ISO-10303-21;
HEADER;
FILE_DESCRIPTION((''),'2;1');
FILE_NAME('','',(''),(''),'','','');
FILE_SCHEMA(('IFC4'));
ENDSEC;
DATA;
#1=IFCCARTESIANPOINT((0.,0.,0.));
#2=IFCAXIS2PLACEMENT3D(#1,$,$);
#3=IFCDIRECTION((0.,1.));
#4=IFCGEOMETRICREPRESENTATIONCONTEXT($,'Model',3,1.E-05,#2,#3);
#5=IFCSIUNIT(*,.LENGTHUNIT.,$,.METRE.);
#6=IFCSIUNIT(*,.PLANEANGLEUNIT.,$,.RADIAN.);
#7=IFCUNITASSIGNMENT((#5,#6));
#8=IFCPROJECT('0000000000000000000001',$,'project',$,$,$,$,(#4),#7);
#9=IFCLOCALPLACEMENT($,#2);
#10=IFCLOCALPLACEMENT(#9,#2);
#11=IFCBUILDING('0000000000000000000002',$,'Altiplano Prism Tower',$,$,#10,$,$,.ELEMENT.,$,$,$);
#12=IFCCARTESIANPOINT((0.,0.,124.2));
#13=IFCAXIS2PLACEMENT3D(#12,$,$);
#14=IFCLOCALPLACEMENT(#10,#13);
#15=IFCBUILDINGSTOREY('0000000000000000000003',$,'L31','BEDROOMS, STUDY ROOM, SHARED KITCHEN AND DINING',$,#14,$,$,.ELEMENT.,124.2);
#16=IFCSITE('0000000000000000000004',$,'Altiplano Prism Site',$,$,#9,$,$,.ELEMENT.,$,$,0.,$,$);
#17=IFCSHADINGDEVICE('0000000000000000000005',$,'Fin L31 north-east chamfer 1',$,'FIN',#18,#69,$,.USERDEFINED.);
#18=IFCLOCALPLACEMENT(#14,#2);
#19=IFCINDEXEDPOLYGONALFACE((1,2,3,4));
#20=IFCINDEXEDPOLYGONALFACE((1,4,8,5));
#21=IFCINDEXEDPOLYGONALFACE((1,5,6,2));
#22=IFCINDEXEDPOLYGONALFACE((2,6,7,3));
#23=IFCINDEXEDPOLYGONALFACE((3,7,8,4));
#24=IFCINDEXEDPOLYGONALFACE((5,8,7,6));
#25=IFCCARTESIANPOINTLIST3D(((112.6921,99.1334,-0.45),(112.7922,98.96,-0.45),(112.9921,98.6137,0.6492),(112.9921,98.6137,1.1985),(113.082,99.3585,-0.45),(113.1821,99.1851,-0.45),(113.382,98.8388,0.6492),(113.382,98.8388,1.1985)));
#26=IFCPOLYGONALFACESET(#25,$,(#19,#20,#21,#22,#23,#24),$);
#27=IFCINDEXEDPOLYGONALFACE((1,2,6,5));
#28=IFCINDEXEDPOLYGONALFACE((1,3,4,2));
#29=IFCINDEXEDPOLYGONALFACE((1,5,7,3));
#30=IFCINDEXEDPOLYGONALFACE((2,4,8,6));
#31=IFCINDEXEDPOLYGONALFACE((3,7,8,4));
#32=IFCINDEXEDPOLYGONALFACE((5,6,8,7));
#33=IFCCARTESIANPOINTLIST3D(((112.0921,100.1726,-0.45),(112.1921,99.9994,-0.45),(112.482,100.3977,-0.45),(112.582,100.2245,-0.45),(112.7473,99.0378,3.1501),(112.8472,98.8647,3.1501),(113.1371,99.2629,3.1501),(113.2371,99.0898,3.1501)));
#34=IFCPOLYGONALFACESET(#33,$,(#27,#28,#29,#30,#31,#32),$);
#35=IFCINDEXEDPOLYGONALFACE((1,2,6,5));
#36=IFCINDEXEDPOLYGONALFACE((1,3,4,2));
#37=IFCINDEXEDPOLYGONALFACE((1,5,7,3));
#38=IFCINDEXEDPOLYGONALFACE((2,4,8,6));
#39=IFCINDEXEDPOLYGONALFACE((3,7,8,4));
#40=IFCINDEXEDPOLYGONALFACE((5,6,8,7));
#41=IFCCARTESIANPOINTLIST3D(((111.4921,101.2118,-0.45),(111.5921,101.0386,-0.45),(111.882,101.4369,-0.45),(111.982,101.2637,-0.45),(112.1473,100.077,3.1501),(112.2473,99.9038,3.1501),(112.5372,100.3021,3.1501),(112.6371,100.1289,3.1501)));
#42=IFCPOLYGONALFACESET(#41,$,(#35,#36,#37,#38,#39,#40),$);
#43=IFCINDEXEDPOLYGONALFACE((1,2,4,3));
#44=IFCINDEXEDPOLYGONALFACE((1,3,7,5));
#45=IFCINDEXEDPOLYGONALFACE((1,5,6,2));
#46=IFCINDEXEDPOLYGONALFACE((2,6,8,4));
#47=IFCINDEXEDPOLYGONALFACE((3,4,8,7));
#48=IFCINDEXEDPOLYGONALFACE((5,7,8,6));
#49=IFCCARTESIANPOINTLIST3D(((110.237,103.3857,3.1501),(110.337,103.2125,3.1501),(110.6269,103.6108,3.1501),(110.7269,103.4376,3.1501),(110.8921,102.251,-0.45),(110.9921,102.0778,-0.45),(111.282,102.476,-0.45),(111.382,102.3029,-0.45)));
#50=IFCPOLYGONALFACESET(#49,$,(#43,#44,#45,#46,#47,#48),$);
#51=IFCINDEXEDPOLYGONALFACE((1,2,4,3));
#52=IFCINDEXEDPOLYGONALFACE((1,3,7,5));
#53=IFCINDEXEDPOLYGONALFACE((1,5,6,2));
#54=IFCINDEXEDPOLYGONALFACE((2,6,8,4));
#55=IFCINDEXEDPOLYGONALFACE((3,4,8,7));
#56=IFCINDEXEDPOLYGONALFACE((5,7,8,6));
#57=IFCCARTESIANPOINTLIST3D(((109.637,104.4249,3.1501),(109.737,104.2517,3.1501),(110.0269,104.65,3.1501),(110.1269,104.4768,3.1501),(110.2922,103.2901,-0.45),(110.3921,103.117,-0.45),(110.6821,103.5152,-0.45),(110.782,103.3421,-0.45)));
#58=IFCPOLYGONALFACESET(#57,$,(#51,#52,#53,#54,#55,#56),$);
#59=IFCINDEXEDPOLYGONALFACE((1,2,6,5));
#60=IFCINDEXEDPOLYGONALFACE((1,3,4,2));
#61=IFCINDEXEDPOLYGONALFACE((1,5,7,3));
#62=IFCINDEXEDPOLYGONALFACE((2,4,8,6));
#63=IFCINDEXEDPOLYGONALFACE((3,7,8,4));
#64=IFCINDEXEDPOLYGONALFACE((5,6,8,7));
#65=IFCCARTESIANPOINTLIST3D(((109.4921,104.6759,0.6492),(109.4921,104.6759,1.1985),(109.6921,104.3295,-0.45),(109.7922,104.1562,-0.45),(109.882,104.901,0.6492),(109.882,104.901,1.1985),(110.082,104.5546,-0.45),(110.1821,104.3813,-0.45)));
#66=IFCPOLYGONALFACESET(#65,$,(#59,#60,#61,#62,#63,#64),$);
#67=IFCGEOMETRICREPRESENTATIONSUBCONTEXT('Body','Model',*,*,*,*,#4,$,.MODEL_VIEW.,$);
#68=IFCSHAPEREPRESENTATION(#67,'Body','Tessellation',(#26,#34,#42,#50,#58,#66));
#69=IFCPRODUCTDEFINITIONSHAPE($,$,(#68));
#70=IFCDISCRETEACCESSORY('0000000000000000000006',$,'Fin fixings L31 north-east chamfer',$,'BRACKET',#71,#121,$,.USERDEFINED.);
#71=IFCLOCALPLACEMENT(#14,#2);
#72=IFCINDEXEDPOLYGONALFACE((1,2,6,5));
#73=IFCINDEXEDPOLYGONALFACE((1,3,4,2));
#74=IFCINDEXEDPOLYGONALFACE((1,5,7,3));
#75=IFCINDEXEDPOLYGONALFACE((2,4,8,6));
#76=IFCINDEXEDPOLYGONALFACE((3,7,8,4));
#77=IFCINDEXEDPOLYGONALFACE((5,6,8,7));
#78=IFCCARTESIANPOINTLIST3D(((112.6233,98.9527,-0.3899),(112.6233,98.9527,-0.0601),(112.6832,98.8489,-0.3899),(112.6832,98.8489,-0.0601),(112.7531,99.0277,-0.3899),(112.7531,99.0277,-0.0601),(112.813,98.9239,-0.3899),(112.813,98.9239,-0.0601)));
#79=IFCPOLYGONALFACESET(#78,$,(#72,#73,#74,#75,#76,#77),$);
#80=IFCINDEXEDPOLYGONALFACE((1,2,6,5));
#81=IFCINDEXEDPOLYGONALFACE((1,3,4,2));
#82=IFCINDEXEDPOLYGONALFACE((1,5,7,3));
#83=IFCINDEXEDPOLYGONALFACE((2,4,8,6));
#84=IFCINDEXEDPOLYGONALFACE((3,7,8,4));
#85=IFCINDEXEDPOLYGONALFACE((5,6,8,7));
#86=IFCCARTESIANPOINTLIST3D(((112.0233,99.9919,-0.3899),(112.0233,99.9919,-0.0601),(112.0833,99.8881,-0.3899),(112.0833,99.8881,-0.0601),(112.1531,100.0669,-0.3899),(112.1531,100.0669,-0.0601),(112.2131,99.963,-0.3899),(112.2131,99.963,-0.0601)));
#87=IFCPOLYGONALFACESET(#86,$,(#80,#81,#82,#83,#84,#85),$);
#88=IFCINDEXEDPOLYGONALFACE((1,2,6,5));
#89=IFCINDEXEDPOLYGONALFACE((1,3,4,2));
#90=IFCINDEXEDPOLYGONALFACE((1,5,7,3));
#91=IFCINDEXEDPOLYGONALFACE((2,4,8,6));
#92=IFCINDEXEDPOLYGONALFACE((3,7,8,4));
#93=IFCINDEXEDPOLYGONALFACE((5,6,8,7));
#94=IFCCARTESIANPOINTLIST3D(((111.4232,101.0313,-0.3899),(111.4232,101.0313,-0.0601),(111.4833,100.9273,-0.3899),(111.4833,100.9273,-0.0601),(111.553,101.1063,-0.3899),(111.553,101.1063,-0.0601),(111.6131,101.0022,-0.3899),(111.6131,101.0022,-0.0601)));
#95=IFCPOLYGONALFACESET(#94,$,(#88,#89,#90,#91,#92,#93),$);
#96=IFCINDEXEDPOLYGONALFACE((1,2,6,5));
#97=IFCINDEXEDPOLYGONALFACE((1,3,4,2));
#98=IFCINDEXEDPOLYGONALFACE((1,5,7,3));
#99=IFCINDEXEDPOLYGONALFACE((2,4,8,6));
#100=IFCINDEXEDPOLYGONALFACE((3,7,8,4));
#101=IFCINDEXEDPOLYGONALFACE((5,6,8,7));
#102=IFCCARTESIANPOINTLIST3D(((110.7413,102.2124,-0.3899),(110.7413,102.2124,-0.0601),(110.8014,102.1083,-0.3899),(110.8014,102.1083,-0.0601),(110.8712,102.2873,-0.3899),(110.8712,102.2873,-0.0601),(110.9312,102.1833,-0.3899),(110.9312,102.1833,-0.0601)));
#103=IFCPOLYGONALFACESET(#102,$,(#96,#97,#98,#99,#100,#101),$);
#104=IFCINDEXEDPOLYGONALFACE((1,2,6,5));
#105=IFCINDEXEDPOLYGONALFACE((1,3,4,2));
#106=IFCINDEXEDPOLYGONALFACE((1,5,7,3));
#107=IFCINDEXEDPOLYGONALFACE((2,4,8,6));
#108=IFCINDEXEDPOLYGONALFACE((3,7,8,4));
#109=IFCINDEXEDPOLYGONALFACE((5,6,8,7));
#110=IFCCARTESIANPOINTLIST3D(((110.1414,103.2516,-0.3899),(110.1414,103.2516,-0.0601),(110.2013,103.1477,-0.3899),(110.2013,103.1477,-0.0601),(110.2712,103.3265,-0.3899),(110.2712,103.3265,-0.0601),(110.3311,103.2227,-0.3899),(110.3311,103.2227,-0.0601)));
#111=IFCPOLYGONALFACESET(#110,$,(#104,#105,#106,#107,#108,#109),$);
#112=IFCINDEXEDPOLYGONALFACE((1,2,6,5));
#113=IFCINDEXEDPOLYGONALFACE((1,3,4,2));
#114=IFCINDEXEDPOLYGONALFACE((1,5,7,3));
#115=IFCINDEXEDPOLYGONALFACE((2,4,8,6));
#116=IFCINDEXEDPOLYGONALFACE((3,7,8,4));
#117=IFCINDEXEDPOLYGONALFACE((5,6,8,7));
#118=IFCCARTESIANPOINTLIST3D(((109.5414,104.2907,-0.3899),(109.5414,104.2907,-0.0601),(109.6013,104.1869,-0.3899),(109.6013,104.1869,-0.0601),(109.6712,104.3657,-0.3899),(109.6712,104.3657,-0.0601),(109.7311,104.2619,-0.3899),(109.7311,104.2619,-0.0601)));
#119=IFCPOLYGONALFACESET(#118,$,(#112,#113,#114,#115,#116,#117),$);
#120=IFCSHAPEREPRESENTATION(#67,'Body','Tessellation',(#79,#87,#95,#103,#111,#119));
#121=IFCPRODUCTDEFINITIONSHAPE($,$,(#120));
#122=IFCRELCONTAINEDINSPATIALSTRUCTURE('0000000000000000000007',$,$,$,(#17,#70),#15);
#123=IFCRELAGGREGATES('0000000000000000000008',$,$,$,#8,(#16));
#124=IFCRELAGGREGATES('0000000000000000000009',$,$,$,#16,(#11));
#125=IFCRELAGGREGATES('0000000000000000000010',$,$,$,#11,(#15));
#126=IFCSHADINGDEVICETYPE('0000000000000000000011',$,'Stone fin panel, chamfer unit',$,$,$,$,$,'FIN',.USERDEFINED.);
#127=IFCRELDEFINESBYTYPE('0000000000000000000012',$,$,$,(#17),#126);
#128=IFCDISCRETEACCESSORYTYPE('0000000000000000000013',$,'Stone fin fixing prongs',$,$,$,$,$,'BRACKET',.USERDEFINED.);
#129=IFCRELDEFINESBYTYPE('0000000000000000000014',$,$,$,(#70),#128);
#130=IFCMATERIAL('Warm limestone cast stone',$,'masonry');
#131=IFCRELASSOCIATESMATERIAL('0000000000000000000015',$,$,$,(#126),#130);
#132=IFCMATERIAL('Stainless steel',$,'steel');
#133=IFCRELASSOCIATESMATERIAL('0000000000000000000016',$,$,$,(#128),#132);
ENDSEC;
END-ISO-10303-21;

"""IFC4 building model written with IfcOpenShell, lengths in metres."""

from ifc_helpers import new_model, si_unit, direction, frame, origin, place, context, subcontext, project, spatial, polyline, outline, extrude, source, transform, mapped, material, type_object, element, save


model = new_model("IFC4")

# Units and contexts
model_context = context("Model", 3, precision=1e-05, world=origin(), true_north=direction((0.0, 1.0)))
body_context = subcontext(model_context, "Body", "Model", "MODEL_VIEW")
ifc_project = project(units=[si_unit("LENGTHUNIT", "METRE"), si_unit("PLANEANGLEUNIT", "RADIAN")], contexts=[model_context])

# Site, building, storey
site_placement = place(None, origin())
site = spatial("IfcSite", under=ifc_project, at=site_placement, Name="Altiplano Prism Site", CompositionType="ELEMENT", RefElevation=0.0)
building_placement = place(site_placement, origin())
building = spatial("IfcBuilding", under=site, at=building_placement, Name="Altiplano Prism Tower", CompositionType="ELEMENT")
storey_placement = place(building_placement, frame((0.0, 0.0, 124.2)))
storey = spatial("IfcBuildingStorey", under=building, at=storey_placement, Name="L31", Description="BEDROOMS, STUDY ROOM, SHARED KITCHEN AND DINING", CompositionType="ELEMENT", Elevation=124.2)

# Shading device
ifc_material_1 = material(Name="Warm limestone cast stone", Category="masonry")
shading_device_type_1 = type_object("IfcShadingDeviceType", Name="Stone fin panel, chamfer unit", ElementType="FIN", PredefinedType="USERDEFINED", material=ifc_material_1)
shared_shape_1 = source(origin(), body_context, "Body", "SweptSolid", [
    extrude(outline(polyline([(-3.5, 1.6484), (-3.5, 1.0991), (-3.1001, 0.0), (-2.8999, 0.0), (-3.5, 1.6484)])), frame((0.0, -0.1499, 0.0), z_axis=(0.0, -1.0, 0.0), x_axis=(1.0, 0.0, 0.0)), (0.0, 0.0, 1.0), 0.4502),
    extrude(outline(polyline([(-3.2102, 3.6001), (-1.8999, 0.0), (-1.7, 0.0), (-3.0103, 3.6001), (-3.2102, 3.6001)])), frame((0.0, -0.1499, 0.0), z_axis=(0.0, -1.0, 0.0), x_axis=(1.0, 0.0, 0.0)), (0.0, 0.0, 1.0), 0.4502),
    extrude(outline(polyline([(-2.0103, 3.6001), (-0.7, 0.0), (-0.5, 0.0), (-1.8103, 3.6001), (-2.0103, 3.6001)])), frame((0.0, -0.1499, 0.0), z_axis=(0.0, -1.0, 0.0), x_axis=(1.0, 0.0, 0.0)), (0.0, 0.0, 1.0), 0.4502),
    extrude(outline(polyline([(1.8103, 3.6001), (0.5, 0.0), (0.7, 0.0), (2.0103, 3.6001), (1.8103, 3.6001)])), frame((0.0, -0.1499, 0.0), z_axis=(0.0, -1.0, 0.0), x_axis=(1.0, 0.0, 0.0)), (0.0, 0.0, 1.0), 0.4502),
    extrude(outline(polyline([(3.0103, 3.6001), (1.7, 0.0), (1.8999, 0.0), (3.2102, 3.6001), (3.0103, 3.6001)])), frame((0.0, -0.1499, 0.0), z_axis=(0.0, -1.0, 0.0), x_axis=(1.0, 0.0, 0.0)), (0.0, 0.0, 1.0), 0.4502),
    extrude(outline(polyline([(3.5, 1.0991), (3.5, 1.6484), (2.8999, 0.0), (3.1001, 0.0), (3.5, 1.0991)])), frame((0.0, -0.1499, 0.0), z_axis=(0.0, -1.0, 0.0), x_axis=(1.0, 0.0, 0.0)), (0.0, 0.0, 1.0), 0.4502),
])
shading_device_1_placement = place(storey_placement, origin())
element("IfcShadingDevice", 1, at=shading_device_1_placement, inside=storey, type_object=shading_device_type_1, Name="Fin L31 north-east chamfer 1", ObjectType="FIN", PredefinedType="USERDEFINED", context=body_context, shape_type="MappedRepresentation", body=[
    mapped(shared_shape_1, transform((111.1123, 101.5698, -0.45), x_axis=(-0.5, 0.866025, 0.0), y_axis=(-0.866025, -0.5, 0.0), z_axis=(0.0, 0.0, 1.0))),
])

# Discrete accessory
ifc_material_2 = material(Name="Stainless steel", Category="steel")
discrete_accessory_type = type_object("IfcDiscreteAccessoryType", Name="Stone fin fixing prongs", ElementType="BRACKET", PredefinedType="USERDEFINED", material=ifc_material_2)
shared_shape_2 = source(origin(), body_context, "Body", "SweptSolid", [
    extrude(outline(polyline([(-3.1418, 0.0601), (-3.022, 0.0601), (-3.022, 0.3899), (-3.1418, 0.3899), (-3.1418, 0.0601)])), frame((0.0, 0.0, 0.0), z_axis=(0.0, -1.0, 0.0), x_axis=(1.0, 0.0, 0.0)), (0.0, 0.0, 1.0), 0.1499),
    extrude(outline(polyline([(-1.9419, 0.0601), (-1.822, 0.0601), (-1.822, 0.3899), (-1.9419, 0.3899), (-1.9419, 0.0601)])), frame((0.0, 0.0, 0.0), z_axis=(0.0, -1.0, 0.0), x_axis=(1.0, 0.0, 0.0)), (0.0, 0.0, 1.0), 0.1499),
    extrude(outline(polyline([(-0.7419, 0.0601), (-0.6218, 0.0601), (-0.6218, 0.3899), (-0.7419, 0.3899), (-0.7419, 0.0601)])), frame((0.0, 0.0, 0.0), z_axis=(0.0, -1.0, 0.0), x_axis=(1.0, 0.0, 0.0)), (0.0, 0.0, 1.0), 0.1499),
    extrude(outline(polyline([(0.6218, 0.0601), (0.7419, 0.0601), (0.7419, 0.3899), (0.6218, 0.3899), (0.6218, 0.0601)])), frame((0.0, 0.0, 0.0), z_axis=(0.0, -1.0, 0.0), x_axis=(1.0, 0.0, 0.0)), (0.0, 0.0, 1.0), 0.1499),
    extrude(outline(polyline([(1.822, 0.0601), (1.9419, 0.0601), (1.9419, 0.3899), (1.822, 0.3899), (1.822, 0.0601)])), frame((0.0, 0.0, 0.0), z_axis=(0.0, -1.0, 0.0), x_axis=(1.0, 0.0, 0.0)), (0.0, 0.0, 1.0), 0.1499),
    extrude(outline(polyline([(3.022, 0.0601), (3.1418, 0.0601), (3.1418, 0.3899), (3.022, 0.3899), (3.022, 0.0601)])), frame((0.0, 0.0, 0.0), z_axis=(0.0, -1.0, 0.0), x_axis=(1.0, 0.0, 0.0)), (0.0, 0.0, 1.0), 0.1499),
])
discrete_accessory_1_placement = place(storey_placement, origin())
element("IfcDiscreteAccessory", 2, at=discrete_accessory_1_placement, inside=storey, type_object=discrete_accessory_type, Name="Fin fixings L31 north-east chamfer", ObjectType="BRACKET", PredefinedType="USERDEFINED", context=body_context, shape_type="MappedRepresentation", body=[
    mapped(shared_shape_2, transform((111.1123, 101.5698, -0.45), x_axis=(-0.5, 0.866025, 0.0), y_axis=(-0.866025, -0.5, 0.0), z_axis=(0.0, 0.0, 1.0))),
])

save(model, "model.ifc")
